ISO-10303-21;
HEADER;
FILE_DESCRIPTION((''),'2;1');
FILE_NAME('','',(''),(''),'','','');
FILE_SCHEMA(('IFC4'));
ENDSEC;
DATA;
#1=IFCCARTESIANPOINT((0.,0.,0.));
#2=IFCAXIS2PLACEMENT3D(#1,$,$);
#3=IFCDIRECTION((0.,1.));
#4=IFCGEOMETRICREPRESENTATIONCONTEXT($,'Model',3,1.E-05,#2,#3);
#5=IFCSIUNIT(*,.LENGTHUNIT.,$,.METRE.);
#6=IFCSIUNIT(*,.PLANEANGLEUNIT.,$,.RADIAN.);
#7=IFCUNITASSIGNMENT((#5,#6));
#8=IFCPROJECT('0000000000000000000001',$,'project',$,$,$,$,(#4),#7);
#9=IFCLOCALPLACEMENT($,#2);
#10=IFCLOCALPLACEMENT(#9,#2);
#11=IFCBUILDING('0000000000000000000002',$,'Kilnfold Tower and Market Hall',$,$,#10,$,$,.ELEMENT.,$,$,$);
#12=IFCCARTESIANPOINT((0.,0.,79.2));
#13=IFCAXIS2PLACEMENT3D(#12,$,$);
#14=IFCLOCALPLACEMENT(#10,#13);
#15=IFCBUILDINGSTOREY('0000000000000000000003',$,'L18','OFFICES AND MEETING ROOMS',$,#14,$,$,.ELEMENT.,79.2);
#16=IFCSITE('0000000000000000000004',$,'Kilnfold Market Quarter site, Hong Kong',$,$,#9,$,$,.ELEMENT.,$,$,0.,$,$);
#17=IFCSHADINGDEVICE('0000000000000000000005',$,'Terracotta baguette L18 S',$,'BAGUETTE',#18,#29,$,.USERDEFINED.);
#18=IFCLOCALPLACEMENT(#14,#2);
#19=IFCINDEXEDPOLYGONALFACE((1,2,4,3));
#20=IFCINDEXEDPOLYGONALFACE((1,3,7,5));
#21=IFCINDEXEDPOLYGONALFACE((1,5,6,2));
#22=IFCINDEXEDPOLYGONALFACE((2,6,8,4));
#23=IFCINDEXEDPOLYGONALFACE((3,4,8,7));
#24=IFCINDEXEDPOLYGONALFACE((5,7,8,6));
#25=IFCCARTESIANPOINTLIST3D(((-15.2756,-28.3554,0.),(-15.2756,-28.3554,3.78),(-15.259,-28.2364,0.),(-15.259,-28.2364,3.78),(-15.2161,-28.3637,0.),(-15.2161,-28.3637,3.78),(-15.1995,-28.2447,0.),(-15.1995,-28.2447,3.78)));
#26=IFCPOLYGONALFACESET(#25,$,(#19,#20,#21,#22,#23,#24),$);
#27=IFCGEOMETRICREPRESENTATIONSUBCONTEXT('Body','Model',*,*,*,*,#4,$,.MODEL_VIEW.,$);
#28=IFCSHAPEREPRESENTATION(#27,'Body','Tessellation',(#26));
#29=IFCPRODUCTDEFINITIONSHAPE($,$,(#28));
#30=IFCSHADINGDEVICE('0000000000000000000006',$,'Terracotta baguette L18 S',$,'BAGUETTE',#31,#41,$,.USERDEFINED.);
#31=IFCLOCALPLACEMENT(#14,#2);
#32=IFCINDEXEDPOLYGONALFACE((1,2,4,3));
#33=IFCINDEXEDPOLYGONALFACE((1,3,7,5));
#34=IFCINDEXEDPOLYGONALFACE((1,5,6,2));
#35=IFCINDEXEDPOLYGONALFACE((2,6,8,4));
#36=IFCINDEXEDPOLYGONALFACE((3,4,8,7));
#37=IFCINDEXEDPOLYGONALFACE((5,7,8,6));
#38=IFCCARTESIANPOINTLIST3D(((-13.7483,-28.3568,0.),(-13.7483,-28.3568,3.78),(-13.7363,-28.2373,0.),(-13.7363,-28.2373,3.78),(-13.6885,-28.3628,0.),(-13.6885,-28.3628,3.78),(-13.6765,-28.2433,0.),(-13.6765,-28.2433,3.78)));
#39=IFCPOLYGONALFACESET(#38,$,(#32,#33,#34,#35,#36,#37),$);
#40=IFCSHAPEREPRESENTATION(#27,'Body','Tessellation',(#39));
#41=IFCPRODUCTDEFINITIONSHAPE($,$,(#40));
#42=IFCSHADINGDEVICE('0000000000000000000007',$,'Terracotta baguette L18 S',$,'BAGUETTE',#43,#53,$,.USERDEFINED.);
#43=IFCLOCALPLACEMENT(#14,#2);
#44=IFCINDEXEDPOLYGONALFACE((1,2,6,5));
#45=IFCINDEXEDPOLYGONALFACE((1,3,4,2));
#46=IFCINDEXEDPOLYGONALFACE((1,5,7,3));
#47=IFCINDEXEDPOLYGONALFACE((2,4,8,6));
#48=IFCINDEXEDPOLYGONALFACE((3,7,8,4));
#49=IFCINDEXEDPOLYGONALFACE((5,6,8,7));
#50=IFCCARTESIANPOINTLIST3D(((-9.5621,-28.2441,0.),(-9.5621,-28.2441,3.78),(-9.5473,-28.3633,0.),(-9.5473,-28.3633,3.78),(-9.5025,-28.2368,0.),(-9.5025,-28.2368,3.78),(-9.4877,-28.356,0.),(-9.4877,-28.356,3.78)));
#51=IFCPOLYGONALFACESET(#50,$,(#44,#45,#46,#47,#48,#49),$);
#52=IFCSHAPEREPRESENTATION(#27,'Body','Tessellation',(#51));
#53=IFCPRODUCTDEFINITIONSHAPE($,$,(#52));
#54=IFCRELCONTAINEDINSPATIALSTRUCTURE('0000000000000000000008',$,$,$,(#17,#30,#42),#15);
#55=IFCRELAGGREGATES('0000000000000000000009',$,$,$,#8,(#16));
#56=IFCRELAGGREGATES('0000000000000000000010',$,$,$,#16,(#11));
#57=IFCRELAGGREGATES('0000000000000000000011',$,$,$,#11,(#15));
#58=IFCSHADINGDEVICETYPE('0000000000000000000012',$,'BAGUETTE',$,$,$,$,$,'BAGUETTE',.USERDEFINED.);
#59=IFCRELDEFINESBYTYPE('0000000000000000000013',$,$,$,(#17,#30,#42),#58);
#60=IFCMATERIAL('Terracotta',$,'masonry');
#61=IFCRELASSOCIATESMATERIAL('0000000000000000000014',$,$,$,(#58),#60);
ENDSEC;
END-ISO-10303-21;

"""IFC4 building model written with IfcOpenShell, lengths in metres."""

from ifc_helpers import new_model, si_unit, direction, frame, origin, origin_2d, place, context, subcontext, project, spatial, rectangle, extrude, source, transform, mapped, material, material_profile, profile_set, type_object, element, save


model = new_model("IFC4")

# Units and contexts
model_context = context("Model", 3, precision=1e-05, world=origin(), true_north=direction((0.0, 1.0)))
body_context = subcontext(model_context, "Body", "Model", "MODEL_VIEW")
ifc_project = project(units=[si_unit("LENGTHUNIT", "METRE"), si_unit("PLANEANGLEUNIT", "RADIAN")], contexts=[model_context])

# Site, building, storey
site_placement = place(None, origin())
site = spatial("IfcSite", under=ifc_project, at=site_placement, Name="Kilnfold Market Quarter site, Hong Kong", CompositionType="ELEMENT", RefElevation=0.0)
building_placement = place(site_placement, origin())
building = spatial("IfcBuilding", under=site, at=building_placement, Name="Kilnfold Tower and Market Hall", CompositionType="ELEMENT")
storey_placement = place(building_placement, frame((0.0, 0.0, 79.2)))
storey = spatial("IfcBuildingStorey", under=building, at=storey_placement, Name="L18", Description="OFFICES AND MEETING ROOMS", CompositionType="ELEMENT", Elevation=79.2)

# Shading devices
ifc_material_1 = material(Name="Terracotta", Category="masonry")
ifc_material_profile_1 = material_profile(ifc_material_1, rectangle(XDim=0.0601, YDim=0.1201, at=origin_2d()), Name="BAG 60x120")
ifc_profile_set_1 = profile_set([ifc_material_profile_1], Name="Terracotta")
shading_device_type = type_object("IfcShadingDeviceType", Name="BAGUETTE", ElementType="BAGUETTE", PredefinedType="USERDEFINED", material=ifc_profile_set_1)
shared_shape_1 = source(origin(), body_context, "Body", "SweptSolid", [
    extrude(rectangle(XDim=0.0601, YDim=0.1201, at=origin_2d()), origin(), (0.0, 0.0, 1.0), 3.78),
])
for number, where, z_axis, x_axis, name in (
    (1, (-15.2375, -28.3, 0.0), (0.0, 0.0, 1.0), (0.990348, -0.138603, 0.0), "Terracotta baguette L18 S"),
    (2, (-13.7124, -28.3, 0.0), (0.0, 0.0, 1.0), (0.995032, -0.099558, 0.0), "Terracotta baguette L18 S"),
    (3, (-9.5249, -28.3, 0.0), (0.0, 0.0, 1.0), (0.992396, 0.123084, 0.0), "Terracotta baguette L18 S"),
):
    element("IfcShadingDevice", number, at=place(storey_placement, frame(where, z_axis=z_axis, x_axis=x_axis)), inside=storey, type_object=shading_device_type, Name=name, ObjectType="BAGUETTE", PredefinedType="USERDEFINED", context=body_context, shape_type="MappedRepresentation", body=[
        mapped(shared_shape_1, transform((0.0, 0.0, 0.0))),
    ])

save(model, "model.ifc")
